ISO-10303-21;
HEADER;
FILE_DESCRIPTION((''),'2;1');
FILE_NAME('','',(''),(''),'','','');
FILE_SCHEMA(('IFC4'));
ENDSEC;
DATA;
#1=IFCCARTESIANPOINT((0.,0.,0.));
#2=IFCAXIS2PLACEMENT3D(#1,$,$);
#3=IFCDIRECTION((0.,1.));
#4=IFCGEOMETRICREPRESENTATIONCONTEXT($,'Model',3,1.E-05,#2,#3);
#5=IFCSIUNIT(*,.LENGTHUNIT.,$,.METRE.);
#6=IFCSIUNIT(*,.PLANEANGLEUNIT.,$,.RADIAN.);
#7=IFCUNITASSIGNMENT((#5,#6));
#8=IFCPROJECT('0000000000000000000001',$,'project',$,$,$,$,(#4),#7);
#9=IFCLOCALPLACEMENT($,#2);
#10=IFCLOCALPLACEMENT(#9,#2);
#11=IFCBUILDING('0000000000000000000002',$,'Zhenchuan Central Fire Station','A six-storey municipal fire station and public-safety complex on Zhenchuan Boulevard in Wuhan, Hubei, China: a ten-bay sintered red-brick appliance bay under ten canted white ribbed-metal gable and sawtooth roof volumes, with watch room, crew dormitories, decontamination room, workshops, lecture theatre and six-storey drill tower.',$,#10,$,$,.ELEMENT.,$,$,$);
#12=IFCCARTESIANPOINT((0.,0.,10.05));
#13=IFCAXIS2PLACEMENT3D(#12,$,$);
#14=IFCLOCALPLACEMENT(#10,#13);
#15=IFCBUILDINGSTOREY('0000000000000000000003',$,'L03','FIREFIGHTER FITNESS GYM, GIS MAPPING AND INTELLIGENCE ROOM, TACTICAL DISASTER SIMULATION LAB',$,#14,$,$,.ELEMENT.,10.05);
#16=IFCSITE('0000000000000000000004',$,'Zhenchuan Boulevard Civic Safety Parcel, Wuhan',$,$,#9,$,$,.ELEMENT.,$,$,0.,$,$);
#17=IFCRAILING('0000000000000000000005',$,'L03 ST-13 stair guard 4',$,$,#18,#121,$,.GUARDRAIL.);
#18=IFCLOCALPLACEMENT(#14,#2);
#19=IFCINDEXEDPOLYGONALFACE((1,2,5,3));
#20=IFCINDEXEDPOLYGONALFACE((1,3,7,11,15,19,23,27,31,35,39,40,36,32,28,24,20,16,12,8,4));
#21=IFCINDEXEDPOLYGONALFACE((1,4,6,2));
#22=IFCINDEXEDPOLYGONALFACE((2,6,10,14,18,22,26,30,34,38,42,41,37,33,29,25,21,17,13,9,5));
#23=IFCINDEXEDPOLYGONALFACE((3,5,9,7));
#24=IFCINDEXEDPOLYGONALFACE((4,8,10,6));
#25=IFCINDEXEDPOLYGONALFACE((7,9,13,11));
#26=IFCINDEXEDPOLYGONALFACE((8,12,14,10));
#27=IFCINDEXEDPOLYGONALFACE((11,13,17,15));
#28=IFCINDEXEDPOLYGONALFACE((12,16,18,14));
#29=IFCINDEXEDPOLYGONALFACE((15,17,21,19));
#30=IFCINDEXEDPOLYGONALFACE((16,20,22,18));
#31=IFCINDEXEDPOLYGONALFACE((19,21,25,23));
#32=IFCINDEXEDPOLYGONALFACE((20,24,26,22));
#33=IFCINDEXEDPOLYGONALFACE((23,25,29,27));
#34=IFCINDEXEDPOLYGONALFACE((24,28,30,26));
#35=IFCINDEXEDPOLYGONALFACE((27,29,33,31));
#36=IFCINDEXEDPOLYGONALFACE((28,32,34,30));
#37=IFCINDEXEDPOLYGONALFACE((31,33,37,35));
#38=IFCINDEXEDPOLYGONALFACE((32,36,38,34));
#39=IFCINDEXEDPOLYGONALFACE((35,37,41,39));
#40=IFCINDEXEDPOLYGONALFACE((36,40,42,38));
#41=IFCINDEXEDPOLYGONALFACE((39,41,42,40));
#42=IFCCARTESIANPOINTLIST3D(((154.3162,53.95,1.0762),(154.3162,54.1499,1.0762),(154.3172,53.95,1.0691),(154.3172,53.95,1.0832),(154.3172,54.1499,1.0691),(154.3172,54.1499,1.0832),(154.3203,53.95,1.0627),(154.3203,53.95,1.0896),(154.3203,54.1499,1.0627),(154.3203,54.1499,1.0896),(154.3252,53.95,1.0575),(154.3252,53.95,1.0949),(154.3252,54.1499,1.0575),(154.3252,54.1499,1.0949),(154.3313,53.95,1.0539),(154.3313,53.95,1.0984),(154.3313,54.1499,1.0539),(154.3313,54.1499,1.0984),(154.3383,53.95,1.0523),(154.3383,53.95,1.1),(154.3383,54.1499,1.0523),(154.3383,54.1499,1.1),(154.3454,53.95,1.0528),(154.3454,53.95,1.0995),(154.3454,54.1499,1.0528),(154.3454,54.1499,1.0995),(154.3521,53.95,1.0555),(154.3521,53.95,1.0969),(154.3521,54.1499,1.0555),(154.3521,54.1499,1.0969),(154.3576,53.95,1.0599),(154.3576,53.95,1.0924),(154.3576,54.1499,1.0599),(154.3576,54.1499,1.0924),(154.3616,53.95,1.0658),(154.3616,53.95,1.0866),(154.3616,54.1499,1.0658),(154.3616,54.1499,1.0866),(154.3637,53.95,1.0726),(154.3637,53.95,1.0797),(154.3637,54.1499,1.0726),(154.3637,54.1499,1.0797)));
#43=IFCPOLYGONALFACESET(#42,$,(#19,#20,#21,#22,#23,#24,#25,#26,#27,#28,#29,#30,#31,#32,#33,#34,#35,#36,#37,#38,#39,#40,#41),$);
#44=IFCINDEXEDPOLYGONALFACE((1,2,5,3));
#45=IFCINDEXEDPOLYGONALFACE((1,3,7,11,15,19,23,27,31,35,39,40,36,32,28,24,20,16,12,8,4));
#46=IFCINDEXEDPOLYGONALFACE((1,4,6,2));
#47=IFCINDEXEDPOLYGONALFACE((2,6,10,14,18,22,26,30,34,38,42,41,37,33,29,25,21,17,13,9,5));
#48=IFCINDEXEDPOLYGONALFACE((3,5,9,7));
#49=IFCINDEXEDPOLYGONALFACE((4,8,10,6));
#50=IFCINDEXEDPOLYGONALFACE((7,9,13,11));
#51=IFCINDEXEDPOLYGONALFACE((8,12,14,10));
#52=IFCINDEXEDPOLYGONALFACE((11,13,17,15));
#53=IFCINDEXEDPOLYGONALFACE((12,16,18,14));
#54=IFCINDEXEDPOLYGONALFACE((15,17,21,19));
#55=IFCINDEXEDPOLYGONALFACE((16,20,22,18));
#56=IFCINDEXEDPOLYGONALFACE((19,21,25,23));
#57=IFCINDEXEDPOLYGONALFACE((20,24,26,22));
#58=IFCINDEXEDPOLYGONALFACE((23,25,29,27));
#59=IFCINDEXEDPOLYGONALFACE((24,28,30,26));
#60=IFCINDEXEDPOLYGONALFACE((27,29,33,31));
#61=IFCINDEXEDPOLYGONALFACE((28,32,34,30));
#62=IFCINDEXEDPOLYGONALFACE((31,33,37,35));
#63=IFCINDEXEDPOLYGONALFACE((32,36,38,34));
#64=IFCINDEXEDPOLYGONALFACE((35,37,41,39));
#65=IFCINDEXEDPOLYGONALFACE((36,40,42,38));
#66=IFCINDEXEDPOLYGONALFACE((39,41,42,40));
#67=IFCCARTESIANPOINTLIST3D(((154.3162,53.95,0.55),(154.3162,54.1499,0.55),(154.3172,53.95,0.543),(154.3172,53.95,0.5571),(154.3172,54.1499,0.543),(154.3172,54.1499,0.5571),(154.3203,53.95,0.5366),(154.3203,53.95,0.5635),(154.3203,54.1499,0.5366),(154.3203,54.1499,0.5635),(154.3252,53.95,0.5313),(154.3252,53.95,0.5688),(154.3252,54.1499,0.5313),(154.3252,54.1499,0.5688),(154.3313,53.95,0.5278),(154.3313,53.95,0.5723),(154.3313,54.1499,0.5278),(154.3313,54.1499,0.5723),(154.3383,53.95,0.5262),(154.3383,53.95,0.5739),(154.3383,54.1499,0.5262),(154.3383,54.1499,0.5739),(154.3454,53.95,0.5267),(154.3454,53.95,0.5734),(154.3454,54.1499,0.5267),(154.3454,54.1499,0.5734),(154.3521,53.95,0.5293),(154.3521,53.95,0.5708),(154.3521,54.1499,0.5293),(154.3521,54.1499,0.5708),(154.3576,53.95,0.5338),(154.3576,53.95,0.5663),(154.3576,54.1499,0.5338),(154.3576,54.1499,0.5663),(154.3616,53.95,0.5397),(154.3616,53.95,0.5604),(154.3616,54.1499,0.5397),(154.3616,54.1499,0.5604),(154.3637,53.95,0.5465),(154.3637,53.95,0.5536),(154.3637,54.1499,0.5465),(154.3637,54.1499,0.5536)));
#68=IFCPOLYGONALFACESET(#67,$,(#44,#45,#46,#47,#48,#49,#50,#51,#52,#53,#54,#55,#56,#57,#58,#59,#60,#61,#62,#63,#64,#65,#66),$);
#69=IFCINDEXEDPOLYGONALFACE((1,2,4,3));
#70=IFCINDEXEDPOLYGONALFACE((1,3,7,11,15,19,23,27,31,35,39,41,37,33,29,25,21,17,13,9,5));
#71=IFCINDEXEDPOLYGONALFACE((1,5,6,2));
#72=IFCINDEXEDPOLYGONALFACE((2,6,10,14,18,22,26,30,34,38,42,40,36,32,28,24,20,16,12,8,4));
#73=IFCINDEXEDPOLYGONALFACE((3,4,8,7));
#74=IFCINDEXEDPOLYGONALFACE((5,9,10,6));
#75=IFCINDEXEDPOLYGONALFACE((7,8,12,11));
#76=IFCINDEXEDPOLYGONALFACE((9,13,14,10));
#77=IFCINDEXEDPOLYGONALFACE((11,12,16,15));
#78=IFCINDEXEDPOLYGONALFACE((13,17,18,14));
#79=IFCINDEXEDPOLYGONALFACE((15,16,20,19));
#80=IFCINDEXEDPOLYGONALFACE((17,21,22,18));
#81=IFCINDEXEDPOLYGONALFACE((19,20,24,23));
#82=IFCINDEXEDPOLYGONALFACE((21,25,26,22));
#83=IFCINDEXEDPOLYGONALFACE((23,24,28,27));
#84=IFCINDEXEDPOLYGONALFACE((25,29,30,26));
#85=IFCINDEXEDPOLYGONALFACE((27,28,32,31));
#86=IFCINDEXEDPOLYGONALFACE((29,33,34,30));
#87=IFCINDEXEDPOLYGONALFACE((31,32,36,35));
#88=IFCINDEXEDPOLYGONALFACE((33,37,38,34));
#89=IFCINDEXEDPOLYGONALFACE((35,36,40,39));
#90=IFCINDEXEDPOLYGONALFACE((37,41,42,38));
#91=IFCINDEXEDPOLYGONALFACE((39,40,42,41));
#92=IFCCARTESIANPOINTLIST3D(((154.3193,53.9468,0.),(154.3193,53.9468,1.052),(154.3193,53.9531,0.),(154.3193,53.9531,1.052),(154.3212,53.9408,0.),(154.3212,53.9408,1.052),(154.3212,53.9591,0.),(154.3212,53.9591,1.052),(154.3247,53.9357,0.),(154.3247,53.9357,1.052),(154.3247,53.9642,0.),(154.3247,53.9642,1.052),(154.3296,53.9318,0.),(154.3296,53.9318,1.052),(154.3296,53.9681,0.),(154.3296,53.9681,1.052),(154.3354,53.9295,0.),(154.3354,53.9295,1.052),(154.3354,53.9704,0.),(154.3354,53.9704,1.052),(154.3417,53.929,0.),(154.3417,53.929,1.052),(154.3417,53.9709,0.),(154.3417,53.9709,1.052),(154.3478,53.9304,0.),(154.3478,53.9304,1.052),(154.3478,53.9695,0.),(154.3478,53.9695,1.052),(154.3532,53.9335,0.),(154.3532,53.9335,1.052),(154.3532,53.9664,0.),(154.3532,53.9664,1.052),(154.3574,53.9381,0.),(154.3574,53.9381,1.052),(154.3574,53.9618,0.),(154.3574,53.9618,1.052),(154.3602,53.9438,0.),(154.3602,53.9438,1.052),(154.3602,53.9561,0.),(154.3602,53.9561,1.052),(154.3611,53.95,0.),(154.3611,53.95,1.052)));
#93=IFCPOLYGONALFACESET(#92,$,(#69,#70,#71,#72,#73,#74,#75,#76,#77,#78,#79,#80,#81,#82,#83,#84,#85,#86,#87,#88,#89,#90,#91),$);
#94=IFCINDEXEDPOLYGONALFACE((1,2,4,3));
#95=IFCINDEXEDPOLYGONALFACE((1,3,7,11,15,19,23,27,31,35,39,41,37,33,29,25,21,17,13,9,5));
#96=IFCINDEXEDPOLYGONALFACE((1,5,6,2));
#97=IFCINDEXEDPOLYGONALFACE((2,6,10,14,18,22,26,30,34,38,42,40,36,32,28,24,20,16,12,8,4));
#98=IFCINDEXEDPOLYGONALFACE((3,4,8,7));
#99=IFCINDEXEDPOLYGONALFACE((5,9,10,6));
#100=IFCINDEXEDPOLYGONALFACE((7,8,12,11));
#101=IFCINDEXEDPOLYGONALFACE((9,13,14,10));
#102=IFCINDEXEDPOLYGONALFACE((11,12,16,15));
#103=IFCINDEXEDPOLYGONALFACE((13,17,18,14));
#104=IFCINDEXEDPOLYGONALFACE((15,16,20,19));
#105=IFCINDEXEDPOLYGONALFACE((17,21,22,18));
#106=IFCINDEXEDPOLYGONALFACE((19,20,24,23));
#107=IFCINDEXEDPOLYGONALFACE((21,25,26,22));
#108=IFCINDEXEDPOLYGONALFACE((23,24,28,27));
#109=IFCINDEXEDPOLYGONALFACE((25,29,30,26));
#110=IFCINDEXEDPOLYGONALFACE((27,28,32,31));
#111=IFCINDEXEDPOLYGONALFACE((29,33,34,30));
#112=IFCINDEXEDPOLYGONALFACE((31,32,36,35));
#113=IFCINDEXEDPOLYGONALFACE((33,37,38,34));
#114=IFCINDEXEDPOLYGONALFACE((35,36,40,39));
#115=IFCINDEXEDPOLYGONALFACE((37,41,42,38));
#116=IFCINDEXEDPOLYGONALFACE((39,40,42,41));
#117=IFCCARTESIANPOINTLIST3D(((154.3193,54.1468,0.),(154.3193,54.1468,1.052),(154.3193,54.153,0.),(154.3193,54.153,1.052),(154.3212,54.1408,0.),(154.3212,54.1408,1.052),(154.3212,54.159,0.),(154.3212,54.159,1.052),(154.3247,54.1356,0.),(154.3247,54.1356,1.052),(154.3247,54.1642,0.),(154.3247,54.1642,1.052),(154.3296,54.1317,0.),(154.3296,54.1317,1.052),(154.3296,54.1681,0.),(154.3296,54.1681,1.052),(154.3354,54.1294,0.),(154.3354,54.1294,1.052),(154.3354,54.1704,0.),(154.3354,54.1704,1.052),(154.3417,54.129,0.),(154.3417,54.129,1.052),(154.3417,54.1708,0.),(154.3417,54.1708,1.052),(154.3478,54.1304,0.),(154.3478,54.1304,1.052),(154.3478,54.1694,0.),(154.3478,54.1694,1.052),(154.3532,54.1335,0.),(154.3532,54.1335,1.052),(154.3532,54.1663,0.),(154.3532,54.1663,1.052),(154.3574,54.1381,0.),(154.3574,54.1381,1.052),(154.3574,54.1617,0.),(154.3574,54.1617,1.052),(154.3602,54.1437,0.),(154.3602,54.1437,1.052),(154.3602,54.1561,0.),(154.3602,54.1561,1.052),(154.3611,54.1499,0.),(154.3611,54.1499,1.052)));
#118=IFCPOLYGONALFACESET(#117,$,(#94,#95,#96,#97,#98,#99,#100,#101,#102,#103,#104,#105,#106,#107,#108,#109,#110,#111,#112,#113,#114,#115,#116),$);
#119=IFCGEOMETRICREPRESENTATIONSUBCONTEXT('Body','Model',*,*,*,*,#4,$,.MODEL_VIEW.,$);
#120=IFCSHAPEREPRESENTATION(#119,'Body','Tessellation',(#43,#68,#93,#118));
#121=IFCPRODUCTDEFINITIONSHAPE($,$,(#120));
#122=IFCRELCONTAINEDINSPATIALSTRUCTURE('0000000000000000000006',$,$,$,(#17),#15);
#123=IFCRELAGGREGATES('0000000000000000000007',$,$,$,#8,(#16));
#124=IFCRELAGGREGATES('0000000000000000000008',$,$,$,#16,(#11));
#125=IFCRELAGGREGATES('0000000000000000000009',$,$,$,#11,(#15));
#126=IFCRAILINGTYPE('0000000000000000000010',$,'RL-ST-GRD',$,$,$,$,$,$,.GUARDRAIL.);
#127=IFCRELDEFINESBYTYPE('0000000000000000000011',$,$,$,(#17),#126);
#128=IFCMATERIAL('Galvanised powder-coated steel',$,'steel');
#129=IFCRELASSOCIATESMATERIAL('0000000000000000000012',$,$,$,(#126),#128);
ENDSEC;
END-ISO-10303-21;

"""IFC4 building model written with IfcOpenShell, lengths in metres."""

from ifc_helpers import new_model, si_unit, direction, frame, origin, origin_2d, place, context, subcontext, project, spatial, circle, extrude, material, type_object, element, save


model = new_model("IFC4")

# Units and contexts
model_context = context("Model", 3, precision=1e-05, world=origin(), true_north=direction((0.0, 1.0)))
body_context = subcontext(model_context, "Body", "Model", "MODEL_VIEW")
ifc_project = project(units=[si_unit("LENGTHUNIT", "METRE"), si_unit("PLANEANGLEUNIT", "RADIAN")], contexts=[model_context])

# Site, building, storey
site_placement = place(None, origin())
site = spatial("IfcSite", under=ifc_project, at=site_placement, Name="Zhenchuan Boulevard Civic Safety Parcel, Wuhan", CompositionType="ELEMENT", RefElevation=0.0)
building_placement = place(site_placement, origin())
building = spatial("IfcBuilding", under=site, at=building_placement, Name="Zhenchuan Central Fire Station", Description="A six-storey municipal fire station and public-safety complex on Zhenchuan Boulevard in Wuhan, Hubei, China: a ten-bay sintered red-brick appliance bay under ten canted white ribbed-metal gable and sawtooth roof volumes, with watch room, crew dormitories, decontamination room, workshops, lecture theatre and six-storey drill tower.", CompositionType="ELEMENT")
storey_placement = place(building_placement, frame((0.0, 0.0, 10.05)))
storey = spatial("IfcBuildingStorey", under=building, at=storey_placement, Name="L03", Description="FIREFIGHTER FITNESS GYM, GIS MAPPING AND INTELLIGENCE ROOM, TACTICAL DISASTER SIMULATION LAB", CompositionType="ELEMENT", Elevation=10.05)

# Railing
ifc_material_1 = material(Name="Galvanised powder-coated steel", Category="steel")
railing_type_1 = type_object("IfcRailingType", Name="RL-ST-GRD", PredefinedType="GUARDRAIL", material=ifc_material_1)
railing_1_placement = place(storey_placement, frame((154.3401, 53.95, 0.0)))
element("IfcRailing", 1, at=railing_1_placement, inside=storey, type_object=railing_type_1, Name="L03 ST-13 stair guard 4", PredefinedType="GUARDRAIL", context=body_context, shape_type="SweptSolid", body=[
    extrude(circle(Radius=0.0239, at=origin_2d()), frame((0.0, 0.0, 1.0762), z_axis=(0.0, 1.0, 0.0), x_axis=(-1.0, 0.0, 0.0)), (0.0, 0.0, 1.0), 0.2),
    extrude(circle(Radius=0.0239, at=origin_2d()), frame((0.0, 0.0, 0.55), z_axis=(0.0, 1.0, 0.0), x_axis=(-1.0, 0.0, 0.0)), (0.0, 0.0, 1.0), 0.2),
    extrude(circle(Radius=0.021, at=origin_2d()), origin(), (0.0, 0.0, 1.0), 1.052),
    extrude(circle(Radius=0.021, at=origin_2d()), frame((0.0, 0.2, 0.0)), (0.0, 0.0, 1.0), 1.052),
])

save(model, "model.ifc")
